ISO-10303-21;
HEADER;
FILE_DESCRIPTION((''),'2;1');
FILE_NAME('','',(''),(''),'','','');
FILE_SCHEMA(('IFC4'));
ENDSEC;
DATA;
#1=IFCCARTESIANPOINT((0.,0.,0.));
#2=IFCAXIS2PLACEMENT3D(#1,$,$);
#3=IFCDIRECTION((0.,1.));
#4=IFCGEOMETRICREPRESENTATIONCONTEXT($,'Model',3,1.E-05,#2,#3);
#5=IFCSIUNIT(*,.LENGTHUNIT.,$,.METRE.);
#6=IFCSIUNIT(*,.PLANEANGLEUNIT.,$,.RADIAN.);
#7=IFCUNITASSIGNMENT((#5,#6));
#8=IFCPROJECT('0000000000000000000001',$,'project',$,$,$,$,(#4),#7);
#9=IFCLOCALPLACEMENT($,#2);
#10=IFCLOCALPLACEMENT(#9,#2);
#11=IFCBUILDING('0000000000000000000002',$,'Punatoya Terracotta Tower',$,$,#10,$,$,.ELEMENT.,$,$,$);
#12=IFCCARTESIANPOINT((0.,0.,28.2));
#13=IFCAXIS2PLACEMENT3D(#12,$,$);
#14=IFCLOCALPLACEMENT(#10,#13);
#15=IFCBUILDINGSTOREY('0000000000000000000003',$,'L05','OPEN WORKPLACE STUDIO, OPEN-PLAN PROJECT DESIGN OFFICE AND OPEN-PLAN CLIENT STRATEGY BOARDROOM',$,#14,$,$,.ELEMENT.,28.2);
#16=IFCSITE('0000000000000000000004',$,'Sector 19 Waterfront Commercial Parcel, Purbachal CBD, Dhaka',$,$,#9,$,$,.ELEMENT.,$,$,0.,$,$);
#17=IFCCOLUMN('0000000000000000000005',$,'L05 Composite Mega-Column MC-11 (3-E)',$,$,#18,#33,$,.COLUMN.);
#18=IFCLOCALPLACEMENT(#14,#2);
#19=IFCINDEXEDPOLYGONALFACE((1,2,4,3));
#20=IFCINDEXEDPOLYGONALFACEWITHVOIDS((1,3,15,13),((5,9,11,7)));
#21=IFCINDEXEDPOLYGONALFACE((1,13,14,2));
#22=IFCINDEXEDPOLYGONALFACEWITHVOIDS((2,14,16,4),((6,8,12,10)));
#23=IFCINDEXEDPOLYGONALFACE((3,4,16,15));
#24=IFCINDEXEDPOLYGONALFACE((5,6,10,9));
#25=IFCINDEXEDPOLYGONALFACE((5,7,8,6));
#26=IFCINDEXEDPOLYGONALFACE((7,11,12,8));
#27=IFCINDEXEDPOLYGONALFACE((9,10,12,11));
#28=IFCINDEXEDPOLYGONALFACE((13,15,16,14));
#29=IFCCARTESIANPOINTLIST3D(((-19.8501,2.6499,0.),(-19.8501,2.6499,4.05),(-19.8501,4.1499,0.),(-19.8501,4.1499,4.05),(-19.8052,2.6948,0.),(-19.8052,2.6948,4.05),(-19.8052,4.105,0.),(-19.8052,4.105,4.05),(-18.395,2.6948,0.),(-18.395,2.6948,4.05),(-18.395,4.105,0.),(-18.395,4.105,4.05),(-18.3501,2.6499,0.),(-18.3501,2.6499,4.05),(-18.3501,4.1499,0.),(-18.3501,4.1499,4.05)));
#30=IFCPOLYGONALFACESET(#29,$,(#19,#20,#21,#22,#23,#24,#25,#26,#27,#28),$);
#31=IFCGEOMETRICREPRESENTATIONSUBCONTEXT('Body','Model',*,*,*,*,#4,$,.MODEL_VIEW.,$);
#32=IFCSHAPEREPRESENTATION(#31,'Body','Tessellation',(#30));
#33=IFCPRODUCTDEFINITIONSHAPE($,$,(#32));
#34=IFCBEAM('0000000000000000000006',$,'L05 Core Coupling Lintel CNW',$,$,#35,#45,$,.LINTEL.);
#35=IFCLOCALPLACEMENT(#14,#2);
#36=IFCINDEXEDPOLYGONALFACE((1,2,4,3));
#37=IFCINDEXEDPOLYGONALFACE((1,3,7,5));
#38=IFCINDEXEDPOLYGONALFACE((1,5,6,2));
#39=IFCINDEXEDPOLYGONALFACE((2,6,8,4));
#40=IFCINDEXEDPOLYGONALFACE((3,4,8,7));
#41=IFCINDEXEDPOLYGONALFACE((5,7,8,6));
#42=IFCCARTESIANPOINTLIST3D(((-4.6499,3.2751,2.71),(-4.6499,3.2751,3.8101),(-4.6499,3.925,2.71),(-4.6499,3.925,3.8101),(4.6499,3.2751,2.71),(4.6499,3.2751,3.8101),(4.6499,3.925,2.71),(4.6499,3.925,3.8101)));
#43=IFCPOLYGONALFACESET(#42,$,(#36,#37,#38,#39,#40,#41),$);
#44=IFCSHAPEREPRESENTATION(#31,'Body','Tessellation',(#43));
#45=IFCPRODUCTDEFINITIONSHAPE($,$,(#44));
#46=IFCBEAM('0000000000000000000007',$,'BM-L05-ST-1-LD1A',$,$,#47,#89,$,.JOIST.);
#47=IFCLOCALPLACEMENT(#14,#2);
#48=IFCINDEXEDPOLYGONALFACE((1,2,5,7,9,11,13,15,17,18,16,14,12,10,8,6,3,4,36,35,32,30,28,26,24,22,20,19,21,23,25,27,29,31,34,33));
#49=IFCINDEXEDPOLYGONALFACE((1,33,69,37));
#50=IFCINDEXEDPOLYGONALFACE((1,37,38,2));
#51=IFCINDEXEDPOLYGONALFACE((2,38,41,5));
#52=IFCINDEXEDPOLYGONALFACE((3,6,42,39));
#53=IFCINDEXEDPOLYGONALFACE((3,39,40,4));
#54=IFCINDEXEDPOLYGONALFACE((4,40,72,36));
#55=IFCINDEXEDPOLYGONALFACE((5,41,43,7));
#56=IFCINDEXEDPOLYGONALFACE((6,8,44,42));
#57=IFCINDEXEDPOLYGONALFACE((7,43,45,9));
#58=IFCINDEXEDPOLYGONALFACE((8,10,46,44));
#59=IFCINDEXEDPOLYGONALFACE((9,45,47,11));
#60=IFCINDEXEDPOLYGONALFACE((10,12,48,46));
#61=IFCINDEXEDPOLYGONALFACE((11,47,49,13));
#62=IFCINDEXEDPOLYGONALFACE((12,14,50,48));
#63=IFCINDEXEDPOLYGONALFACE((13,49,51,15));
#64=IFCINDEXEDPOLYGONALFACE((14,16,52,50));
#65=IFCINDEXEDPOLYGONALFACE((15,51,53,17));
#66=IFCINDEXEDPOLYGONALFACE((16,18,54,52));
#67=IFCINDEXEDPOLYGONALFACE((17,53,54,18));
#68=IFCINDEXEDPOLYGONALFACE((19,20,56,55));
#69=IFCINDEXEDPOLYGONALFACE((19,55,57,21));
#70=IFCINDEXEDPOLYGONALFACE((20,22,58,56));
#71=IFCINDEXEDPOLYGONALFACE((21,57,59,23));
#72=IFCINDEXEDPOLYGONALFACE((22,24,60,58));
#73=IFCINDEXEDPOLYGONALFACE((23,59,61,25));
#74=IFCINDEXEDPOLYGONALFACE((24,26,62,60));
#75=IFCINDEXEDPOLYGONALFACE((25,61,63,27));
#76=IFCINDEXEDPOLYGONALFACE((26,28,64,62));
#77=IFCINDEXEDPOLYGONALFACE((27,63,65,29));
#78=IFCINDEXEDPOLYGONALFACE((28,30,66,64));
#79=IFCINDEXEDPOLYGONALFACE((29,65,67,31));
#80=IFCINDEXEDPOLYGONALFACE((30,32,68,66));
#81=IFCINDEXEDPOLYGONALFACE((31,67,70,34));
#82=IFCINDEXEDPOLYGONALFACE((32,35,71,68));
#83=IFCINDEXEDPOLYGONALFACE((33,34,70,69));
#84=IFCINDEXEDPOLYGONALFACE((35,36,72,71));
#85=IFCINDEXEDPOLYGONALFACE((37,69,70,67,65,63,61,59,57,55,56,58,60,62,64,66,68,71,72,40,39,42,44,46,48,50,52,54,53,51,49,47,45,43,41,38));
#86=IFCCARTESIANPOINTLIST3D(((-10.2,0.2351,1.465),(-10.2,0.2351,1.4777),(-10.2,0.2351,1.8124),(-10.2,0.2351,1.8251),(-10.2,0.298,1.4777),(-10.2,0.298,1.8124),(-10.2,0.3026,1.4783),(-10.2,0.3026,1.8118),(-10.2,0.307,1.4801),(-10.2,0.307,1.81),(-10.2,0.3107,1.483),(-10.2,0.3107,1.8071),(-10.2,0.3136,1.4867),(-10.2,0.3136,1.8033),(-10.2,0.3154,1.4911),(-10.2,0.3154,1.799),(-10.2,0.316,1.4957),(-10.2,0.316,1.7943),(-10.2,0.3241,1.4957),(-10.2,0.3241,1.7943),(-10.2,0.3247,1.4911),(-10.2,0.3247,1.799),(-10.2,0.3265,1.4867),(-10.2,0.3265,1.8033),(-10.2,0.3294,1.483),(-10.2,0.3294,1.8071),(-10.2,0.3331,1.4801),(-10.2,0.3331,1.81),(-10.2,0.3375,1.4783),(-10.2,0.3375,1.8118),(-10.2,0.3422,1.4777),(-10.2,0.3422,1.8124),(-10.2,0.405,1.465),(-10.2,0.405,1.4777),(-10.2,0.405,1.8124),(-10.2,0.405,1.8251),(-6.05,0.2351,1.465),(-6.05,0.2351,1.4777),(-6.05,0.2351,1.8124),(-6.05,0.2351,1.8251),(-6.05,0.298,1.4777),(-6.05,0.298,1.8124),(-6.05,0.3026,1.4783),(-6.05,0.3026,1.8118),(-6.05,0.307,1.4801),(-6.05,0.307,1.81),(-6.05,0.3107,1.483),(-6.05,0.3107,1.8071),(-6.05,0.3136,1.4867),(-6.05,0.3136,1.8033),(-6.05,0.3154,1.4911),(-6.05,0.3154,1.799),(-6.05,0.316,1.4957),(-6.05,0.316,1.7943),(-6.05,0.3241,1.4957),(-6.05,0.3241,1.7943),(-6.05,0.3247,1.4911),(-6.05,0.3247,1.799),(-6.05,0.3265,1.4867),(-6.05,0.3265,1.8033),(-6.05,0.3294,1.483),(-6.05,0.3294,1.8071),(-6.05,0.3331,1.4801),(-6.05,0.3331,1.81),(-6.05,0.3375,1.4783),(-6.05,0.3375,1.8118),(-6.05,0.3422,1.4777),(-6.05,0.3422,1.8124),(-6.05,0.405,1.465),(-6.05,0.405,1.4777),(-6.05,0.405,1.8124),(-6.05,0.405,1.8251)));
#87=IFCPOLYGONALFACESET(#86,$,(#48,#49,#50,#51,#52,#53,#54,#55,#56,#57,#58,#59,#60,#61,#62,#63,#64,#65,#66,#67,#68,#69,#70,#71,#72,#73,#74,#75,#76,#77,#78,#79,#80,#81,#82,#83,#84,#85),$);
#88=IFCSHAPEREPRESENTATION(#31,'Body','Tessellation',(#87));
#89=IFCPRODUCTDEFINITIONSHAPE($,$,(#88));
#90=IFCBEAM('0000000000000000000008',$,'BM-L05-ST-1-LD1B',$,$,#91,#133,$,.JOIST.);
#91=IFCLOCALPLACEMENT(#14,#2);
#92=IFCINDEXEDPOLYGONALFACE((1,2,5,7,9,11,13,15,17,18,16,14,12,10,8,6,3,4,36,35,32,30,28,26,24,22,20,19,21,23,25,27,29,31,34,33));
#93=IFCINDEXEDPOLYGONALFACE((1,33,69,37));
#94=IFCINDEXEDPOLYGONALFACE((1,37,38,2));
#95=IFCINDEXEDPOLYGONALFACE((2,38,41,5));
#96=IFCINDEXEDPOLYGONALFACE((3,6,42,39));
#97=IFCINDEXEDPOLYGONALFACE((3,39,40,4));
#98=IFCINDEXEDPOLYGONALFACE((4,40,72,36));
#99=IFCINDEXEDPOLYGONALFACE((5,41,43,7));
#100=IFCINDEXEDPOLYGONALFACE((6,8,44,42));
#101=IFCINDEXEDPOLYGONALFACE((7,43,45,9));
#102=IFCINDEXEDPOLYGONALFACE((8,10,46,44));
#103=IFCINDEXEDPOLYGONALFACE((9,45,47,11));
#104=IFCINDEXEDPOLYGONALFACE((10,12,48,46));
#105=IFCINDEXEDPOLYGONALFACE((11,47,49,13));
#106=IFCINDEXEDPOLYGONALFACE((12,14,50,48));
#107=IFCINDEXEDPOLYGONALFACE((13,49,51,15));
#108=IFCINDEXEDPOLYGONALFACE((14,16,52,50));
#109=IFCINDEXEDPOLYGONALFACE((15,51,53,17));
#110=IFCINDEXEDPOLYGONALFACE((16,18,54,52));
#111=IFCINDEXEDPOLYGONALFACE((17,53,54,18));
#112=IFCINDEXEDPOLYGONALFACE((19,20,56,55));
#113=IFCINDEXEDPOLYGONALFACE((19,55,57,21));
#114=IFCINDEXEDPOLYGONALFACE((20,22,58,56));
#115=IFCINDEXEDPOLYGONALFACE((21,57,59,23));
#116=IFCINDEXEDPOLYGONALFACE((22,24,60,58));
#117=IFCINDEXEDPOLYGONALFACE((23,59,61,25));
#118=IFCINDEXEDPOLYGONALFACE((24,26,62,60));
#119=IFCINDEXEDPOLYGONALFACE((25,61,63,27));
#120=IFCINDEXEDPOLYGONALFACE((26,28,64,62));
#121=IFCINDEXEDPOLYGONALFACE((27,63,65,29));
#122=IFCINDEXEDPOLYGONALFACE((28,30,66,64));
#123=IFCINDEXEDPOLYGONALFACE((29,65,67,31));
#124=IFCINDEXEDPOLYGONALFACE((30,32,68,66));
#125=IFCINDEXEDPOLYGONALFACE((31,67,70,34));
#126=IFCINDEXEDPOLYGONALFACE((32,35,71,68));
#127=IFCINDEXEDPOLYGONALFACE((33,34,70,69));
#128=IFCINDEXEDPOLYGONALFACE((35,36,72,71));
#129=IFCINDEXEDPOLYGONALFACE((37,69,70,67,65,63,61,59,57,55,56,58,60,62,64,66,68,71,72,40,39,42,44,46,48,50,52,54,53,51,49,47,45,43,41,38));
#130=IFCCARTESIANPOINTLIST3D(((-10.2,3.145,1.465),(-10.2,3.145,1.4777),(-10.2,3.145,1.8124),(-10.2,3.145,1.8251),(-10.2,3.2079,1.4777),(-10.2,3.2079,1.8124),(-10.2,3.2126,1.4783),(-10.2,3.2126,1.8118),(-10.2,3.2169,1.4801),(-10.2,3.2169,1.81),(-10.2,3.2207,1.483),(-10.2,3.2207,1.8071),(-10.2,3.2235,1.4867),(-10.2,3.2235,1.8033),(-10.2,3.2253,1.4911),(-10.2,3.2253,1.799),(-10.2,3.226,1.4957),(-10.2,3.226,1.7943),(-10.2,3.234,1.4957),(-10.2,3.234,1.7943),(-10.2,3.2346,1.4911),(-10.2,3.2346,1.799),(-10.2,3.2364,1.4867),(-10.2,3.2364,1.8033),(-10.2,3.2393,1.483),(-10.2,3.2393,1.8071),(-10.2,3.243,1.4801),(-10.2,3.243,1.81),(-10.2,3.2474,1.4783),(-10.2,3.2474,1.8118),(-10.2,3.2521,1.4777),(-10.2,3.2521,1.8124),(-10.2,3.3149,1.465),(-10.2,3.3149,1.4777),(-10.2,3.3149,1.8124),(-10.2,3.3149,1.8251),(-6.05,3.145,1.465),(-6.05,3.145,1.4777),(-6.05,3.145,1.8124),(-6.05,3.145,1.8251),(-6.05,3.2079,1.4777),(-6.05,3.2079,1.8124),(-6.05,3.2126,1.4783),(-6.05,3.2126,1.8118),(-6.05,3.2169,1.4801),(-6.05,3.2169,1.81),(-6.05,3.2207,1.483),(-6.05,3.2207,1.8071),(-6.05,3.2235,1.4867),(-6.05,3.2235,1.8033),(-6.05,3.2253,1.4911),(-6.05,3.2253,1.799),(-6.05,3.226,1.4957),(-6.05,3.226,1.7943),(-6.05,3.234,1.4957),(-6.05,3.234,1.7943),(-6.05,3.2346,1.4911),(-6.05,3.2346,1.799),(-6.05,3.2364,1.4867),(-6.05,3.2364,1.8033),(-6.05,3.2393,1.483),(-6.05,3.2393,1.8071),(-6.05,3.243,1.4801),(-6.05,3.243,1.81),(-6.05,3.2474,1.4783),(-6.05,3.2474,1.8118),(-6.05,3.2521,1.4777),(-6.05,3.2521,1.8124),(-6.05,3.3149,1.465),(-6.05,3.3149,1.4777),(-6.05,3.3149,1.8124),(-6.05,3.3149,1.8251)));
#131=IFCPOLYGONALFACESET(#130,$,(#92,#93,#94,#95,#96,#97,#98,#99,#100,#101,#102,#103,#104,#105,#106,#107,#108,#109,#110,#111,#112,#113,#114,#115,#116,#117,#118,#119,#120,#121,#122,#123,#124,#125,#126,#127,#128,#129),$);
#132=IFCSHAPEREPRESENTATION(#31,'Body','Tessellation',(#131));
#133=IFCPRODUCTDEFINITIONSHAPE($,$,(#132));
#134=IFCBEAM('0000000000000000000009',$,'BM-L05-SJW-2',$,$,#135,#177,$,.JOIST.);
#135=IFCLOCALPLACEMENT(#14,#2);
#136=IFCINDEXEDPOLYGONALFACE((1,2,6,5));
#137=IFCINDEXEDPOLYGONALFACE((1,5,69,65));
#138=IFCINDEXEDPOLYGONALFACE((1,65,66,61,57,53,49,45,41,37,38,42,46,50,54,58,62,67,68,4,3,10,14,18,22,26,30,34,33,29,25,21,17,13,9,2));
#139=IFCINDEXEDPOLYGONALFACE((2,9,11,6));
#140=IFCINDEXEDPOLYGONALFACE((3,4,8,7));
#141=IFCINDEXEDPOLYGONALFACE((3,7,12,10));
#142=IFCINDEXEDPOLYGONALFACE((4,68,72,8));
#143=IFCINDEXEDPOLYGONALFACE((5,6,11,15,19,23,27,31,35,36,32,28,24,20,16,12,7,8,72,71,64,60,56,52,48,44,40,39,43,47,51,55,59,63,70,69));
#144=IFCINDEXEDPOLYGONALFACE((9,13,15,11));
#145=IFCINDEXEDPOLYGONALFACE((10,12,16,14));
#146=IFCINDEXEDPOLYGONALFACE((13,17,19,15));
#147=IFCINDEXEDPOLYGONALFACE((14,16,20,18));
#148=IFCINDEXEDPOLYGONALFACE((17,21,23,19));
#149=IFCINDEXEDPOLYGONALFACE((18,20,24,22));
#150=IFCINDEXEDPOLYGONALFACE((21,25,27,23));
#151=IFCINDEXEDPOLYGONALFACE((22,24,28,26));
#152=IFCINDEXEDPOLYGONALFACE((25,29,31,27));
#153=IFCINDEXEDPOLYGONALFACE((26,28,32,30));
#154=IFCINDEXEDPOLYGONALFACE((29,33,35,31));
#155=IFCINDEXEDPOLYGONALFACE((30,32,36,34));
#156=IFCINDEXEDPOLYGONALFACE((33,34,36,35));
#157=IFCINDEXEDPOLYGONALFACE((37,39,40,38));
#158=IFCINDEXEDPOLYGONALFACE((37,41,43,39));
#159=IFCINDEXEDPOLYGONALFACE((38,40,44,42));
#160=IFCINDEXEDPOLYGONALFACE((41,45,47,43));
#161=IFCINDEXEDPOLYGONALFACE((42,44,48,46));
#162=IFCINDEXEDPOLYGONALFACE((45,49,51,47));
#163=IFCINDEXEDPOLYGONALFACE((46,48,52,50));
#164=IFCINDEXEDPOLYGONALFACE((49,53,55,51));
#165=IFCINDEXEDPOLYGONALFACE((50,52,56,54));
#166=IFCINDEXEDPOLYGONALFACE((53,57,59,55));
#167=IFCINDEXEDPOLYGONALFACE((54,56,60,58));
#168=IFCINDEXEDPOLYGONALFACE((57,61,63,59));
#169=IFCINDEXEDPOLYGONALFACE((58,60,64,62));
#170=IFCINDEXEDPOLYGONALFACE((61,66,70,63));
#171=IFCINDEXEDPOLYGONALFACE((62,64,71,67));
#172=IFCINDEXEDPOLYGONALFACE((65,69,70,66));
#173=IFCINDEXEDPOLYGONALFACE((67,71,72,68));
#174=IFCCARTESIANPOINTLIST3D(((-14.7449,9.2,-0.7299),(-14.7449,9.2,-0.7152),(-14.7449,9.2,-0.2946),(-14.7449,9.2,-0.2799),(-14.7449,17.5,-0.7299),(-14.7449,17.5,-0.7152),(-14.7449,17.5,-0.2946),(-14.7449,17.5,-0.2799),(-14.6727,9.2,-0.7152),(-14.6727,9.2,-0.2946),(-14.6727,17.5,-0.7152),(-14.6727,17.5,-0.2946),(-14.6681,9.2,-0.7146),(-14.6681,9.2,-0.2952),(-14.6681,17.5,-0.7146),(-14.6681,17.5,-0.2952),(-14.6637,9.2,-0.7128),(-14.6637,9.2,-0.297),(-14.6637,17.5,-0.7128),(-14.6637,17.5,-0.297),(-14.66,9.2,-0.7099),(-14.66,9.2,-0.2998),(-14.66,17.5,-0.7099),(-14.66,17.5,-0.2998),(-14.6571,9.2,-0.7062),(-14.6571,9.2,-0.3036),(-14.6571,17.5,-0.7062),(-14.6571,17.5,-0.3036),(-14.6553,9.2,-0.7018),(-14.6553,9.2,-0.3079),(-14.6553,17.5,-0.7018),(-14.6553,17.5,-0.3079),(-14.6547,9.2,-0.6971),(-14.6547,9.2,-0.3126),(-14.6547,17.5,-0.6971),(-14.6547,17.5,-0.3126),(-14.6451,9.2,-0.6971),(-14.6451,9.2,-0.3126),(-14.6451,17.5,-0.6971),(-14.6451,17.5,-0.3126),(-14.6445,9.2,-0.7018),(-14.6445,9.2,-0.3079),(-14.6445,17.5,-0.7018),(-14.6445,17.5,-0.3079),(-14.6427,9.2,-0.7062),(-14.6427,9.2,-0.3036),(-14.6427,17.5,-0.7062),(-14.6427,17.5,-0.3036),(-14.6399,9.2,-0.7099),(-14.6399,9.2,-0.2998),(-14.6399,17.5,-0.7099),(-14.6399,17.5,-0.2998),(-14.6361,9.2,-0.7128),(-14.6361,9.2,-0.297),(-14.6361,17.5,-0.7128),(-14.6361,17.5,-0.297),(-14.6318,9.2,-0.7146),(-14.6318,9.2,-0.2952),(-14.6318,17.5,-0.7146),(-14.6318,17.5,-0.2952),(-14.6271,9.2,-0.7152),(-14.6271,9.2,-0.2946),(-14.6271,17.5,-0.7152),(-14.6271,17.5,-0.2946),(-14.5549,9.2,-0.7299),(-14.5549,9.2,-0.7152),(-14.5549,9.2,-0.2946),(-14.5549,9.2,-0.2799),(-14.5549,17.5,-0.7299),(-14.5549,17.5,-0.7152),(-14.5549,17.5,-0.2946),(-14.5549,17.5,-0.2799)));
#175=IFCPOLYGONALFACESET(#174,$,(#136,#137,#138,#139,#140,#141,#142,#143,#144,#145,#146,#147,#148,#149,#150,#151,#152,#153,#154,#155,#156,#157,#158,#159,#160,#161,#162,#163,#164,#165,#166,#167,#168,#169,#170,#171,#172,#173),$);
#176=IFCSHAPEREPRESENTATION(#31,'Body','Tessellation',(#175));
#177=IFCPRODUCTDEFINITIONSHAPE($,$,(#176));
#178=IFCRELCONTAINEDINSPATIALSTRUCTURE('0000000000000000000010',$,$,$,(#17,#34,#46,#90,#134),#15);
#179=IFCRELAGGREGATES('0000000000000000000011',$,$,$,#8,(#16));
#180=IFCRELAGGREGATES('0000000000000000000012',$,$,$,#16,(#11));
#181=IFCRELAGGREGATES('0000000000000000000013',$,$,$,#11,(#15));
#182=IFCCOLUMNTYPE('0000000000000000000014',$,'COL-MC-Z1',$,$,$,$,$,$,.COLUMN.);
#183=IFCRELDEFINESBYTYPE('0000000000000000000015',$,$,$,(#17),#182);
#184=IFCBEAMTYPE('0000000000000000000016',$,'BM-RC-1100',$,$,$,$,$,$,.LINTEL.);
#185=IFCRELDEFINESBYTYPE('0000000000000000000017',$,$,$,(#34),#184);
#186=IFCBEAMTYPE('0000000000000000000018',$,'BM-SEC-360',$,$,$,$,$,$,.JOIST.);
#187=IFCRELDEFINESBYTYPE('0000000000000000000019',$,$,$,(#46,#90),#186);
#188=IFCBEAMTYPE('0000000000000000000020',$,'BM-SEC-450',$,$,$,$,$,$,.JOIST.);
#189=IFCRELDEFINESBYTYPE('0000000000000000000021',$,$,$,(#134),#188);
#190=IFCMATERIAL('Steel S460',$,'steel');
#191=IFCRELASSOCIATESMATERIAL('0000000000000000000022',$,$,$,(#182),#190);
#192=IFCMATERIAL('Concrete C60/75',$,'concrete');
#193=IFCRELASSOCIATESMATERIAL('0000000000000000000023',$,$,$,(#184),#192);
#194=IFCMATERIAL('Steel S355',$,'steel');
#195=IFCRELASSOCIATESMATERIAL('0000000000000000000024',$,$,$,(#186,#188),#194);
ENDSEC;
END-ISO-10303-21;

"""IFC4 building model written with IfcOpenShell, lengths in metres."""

from ifc_helpers import new_model, si_unit, direction, frame, origin, origin_2d, place, context, subcontext, project, spatial, rectangle, hollow_rectangle, i_section, extrude, material, material_profile, profile_set, type_object, element, save


model = new_model("IFC4")

# Units and contexts
model_context = context("Model", 3, precision=1e-05, world=origin(), true_north=direction((0.0, 1.0)))
body_context = subcontext(model_context, "Body", "Model", "MODEL_VIEW")
ifc_project = project(units=[si_unit("LENGTHUNIT", "METRE"), si_unit("PLANEANGLEUNIT", "RADIAN")], contexts=[model_context])

# Site, building, storey
site_placement = place(None, origin())
site = spatial("IfcSite", under=ifc_project, at=site_placement, Name="Sector 19 Waterfront Commercial Parcel, Purbachal CBD, Dhaka", CompositionType="ELEMENT", RefElevation=0.0)
building_placement = place(site_placement, origin())
building = spatial("IfcBuilding", under=site, at=building_placement, Name="Punatoya Terracotta Tower", CompositionType="ELEMENT")
storey_placement = place(building_placement, frame((0.0, 0.0, 28.2)))
storey = spatial("IfcBuildingStorey", under=building, at=storey_placement, Name="L05", Description="OPEN WORKPLACE STUDIO, OPEN-PLAN PROJECT DESIGN OFFICE AND OPEN-PLAN CLIENT STRATEGY BOARDROOM", CompositionType="ELEMENT", Elevation=28.2)

# Column
ifc_material_1 = material(Name="Steel S460", Category="steel")
ifc_material_profile_1 = material_profile(ifc_material_1, hollow_rectangle(XDim=1.5, YDim=1.5, WallThickness=0.0449, at=origin_2d()))
ifc_profile_set_1 = profile_set([ifc_material_profile_1], Name="Steel S460")
column_type = type_object("IfcColumnType", Name="COL-MC-Z1", PredefinedType="COLUMN", material=ifc_profile_set_1)
column_placement = place(storey_placement, frame((-19.1001, 3.3999, 0.0), z_axis=(0.0, 0.0, 1.0), x_axis=(1.0, 0.0, 0.0)))
element("IfcColumn", 1, at=column_placement, inside=storey, type_object=column_type, Name="L05 Composite Mega-Column MC-11 (3-E)", PredefinedType="COLUMN", context=body_context, shape_type="SweptSolid", body=[
    extrude(hollow_rectangle(XDim=1.5, YDim=1.5, WallThickness=0.0449, at=origin_2d()), origin(), (0.0, 0.0, 1.0), 4.05),
])

# Beams
ifc_material_2 = material(Name="Concrete C60/75", Category="concrete")
ifc_material_profile_2 = material_profile(ifc_material_2, rectangle(XDim=0.6499, YDim=1.1001, at=origin_2d()))
ifc_profile_set_2 = profile_set([ifc_material_profile_2], Name="Concrete C60/75")
beam_type_1 = type_object("IfcBeamType", Name="BM-RC-1100", PredefinedType="LINTEL", material=ifc_profile_set_2)
beam_1_placement = place(storey_placement, frame((-4.6499, 3.6001, 3.26), z_axis=(1.0, 0.0, 0.0), x_axis=(0.0, 1.0, 0.0)))
element("IfcBeam", 2, at=beam_1_placement, inside=storey, type_object=beam_type_1, Name="L05 Core Coupling Lintel CNW", PredefinedType="LINTEL", context=body_context, shape_type="SweptSolid", body=[
    extrude(rectangle(XDim=0.6499, YDim=1.1001, at=origin_2d()), origin(), (0.0, 0.0, 1.0), 9.2998),
])
ifc_material_3 = material(Name="Steel S355", Category="steel")
ifc_material_profile_3 = material_profile(ifc_material_3, i_section(OverallWidth=0.1699, OverallDepth=0.3601, WebThickness=0.0081, FlangeThickness=0.0127, FilletRadius=0.0181, at=origin_2d()))
ifc_profile_set_3 = profile_set([ifc_material_profile_3], Name="Steel S355")
beam_type_2 = type_object("IfcBeamType", Name="BM-SEC-360", PredefinedType="JOIST", material=ifc_profile_set_3)
for number, where, z_axis, x_axis, name in (
    (3, (-10.2, 0.3201, 1.645), (1.0, 0.0, 0.0), (0.0, 1.0, 0.0), "BM-L05-ST-1-LD1A"),
    (4, (-10.2, 3.23, 1.645), (1.0, 0.0, 0.0), (0.0, 1.0, 0.0), "BM-L05-ST-1-LD1B"),
):
    element("IfcBeam", number, at=place(storey_placement, frame(where, z_axis=z_axis, x_axis=x_axis)), inside=storey, type_object=beam_type_2, Name=name, PredefinedType="JOIST", context=body_context, shape_type="SweptSolid", body=[
        extrude(i_section(OverallWidth=0.1699, OverallDepth=0.3601, WebThickness=0.0081, FlangeThickness=0.0127, FilletRadius=0.0181, at=origin_2d()), origin(), (0.0, 0.0, 1.0), 4.1499),
    ])
ifc_material_profile_4 = material_profile(ifc_material_3, i_section(OverallWidth=0.1899, OverallDepth=0.45, WebThickness=0.0095, FlangeThickness=0.0146, FilletRadius=0.0181, at=origin_2d()))
ifc_profile_set_4 = profile_set([ifc_material_profile_4], Name="Steel S355")
beam_type_3 = type_object("IfcBeamType", Name="BM-SEC-450", PredefinedType="JOIST", material=ifc_profile_set_4)
beam_2_placement = place(storey_placement, frame((-14.6499, 9.2, -0.5049), z_axis=(0.0, 1.0, 0.0), x_axis=(-1.0, 0.0, 0.0)))
element("IfcBeam", 5, at=beam_2_placement, inside=storey, type_object=beam_type_3, Name="BM-L05-SJW-2", PredefinedType="JOIST", context=body_context, shape_type="SweptSolid", body=[
    extrude(i_section(OverallWidth=0.1899, OverallDepth=0.45, WebThickness=0.0095, FlangeThickness=0.0146, FilletRadius=0.0181, at=origin_2d()), origin(), (0.0, 0.0, 1.0), 8.3),
])

save(model, "model.ifc")
